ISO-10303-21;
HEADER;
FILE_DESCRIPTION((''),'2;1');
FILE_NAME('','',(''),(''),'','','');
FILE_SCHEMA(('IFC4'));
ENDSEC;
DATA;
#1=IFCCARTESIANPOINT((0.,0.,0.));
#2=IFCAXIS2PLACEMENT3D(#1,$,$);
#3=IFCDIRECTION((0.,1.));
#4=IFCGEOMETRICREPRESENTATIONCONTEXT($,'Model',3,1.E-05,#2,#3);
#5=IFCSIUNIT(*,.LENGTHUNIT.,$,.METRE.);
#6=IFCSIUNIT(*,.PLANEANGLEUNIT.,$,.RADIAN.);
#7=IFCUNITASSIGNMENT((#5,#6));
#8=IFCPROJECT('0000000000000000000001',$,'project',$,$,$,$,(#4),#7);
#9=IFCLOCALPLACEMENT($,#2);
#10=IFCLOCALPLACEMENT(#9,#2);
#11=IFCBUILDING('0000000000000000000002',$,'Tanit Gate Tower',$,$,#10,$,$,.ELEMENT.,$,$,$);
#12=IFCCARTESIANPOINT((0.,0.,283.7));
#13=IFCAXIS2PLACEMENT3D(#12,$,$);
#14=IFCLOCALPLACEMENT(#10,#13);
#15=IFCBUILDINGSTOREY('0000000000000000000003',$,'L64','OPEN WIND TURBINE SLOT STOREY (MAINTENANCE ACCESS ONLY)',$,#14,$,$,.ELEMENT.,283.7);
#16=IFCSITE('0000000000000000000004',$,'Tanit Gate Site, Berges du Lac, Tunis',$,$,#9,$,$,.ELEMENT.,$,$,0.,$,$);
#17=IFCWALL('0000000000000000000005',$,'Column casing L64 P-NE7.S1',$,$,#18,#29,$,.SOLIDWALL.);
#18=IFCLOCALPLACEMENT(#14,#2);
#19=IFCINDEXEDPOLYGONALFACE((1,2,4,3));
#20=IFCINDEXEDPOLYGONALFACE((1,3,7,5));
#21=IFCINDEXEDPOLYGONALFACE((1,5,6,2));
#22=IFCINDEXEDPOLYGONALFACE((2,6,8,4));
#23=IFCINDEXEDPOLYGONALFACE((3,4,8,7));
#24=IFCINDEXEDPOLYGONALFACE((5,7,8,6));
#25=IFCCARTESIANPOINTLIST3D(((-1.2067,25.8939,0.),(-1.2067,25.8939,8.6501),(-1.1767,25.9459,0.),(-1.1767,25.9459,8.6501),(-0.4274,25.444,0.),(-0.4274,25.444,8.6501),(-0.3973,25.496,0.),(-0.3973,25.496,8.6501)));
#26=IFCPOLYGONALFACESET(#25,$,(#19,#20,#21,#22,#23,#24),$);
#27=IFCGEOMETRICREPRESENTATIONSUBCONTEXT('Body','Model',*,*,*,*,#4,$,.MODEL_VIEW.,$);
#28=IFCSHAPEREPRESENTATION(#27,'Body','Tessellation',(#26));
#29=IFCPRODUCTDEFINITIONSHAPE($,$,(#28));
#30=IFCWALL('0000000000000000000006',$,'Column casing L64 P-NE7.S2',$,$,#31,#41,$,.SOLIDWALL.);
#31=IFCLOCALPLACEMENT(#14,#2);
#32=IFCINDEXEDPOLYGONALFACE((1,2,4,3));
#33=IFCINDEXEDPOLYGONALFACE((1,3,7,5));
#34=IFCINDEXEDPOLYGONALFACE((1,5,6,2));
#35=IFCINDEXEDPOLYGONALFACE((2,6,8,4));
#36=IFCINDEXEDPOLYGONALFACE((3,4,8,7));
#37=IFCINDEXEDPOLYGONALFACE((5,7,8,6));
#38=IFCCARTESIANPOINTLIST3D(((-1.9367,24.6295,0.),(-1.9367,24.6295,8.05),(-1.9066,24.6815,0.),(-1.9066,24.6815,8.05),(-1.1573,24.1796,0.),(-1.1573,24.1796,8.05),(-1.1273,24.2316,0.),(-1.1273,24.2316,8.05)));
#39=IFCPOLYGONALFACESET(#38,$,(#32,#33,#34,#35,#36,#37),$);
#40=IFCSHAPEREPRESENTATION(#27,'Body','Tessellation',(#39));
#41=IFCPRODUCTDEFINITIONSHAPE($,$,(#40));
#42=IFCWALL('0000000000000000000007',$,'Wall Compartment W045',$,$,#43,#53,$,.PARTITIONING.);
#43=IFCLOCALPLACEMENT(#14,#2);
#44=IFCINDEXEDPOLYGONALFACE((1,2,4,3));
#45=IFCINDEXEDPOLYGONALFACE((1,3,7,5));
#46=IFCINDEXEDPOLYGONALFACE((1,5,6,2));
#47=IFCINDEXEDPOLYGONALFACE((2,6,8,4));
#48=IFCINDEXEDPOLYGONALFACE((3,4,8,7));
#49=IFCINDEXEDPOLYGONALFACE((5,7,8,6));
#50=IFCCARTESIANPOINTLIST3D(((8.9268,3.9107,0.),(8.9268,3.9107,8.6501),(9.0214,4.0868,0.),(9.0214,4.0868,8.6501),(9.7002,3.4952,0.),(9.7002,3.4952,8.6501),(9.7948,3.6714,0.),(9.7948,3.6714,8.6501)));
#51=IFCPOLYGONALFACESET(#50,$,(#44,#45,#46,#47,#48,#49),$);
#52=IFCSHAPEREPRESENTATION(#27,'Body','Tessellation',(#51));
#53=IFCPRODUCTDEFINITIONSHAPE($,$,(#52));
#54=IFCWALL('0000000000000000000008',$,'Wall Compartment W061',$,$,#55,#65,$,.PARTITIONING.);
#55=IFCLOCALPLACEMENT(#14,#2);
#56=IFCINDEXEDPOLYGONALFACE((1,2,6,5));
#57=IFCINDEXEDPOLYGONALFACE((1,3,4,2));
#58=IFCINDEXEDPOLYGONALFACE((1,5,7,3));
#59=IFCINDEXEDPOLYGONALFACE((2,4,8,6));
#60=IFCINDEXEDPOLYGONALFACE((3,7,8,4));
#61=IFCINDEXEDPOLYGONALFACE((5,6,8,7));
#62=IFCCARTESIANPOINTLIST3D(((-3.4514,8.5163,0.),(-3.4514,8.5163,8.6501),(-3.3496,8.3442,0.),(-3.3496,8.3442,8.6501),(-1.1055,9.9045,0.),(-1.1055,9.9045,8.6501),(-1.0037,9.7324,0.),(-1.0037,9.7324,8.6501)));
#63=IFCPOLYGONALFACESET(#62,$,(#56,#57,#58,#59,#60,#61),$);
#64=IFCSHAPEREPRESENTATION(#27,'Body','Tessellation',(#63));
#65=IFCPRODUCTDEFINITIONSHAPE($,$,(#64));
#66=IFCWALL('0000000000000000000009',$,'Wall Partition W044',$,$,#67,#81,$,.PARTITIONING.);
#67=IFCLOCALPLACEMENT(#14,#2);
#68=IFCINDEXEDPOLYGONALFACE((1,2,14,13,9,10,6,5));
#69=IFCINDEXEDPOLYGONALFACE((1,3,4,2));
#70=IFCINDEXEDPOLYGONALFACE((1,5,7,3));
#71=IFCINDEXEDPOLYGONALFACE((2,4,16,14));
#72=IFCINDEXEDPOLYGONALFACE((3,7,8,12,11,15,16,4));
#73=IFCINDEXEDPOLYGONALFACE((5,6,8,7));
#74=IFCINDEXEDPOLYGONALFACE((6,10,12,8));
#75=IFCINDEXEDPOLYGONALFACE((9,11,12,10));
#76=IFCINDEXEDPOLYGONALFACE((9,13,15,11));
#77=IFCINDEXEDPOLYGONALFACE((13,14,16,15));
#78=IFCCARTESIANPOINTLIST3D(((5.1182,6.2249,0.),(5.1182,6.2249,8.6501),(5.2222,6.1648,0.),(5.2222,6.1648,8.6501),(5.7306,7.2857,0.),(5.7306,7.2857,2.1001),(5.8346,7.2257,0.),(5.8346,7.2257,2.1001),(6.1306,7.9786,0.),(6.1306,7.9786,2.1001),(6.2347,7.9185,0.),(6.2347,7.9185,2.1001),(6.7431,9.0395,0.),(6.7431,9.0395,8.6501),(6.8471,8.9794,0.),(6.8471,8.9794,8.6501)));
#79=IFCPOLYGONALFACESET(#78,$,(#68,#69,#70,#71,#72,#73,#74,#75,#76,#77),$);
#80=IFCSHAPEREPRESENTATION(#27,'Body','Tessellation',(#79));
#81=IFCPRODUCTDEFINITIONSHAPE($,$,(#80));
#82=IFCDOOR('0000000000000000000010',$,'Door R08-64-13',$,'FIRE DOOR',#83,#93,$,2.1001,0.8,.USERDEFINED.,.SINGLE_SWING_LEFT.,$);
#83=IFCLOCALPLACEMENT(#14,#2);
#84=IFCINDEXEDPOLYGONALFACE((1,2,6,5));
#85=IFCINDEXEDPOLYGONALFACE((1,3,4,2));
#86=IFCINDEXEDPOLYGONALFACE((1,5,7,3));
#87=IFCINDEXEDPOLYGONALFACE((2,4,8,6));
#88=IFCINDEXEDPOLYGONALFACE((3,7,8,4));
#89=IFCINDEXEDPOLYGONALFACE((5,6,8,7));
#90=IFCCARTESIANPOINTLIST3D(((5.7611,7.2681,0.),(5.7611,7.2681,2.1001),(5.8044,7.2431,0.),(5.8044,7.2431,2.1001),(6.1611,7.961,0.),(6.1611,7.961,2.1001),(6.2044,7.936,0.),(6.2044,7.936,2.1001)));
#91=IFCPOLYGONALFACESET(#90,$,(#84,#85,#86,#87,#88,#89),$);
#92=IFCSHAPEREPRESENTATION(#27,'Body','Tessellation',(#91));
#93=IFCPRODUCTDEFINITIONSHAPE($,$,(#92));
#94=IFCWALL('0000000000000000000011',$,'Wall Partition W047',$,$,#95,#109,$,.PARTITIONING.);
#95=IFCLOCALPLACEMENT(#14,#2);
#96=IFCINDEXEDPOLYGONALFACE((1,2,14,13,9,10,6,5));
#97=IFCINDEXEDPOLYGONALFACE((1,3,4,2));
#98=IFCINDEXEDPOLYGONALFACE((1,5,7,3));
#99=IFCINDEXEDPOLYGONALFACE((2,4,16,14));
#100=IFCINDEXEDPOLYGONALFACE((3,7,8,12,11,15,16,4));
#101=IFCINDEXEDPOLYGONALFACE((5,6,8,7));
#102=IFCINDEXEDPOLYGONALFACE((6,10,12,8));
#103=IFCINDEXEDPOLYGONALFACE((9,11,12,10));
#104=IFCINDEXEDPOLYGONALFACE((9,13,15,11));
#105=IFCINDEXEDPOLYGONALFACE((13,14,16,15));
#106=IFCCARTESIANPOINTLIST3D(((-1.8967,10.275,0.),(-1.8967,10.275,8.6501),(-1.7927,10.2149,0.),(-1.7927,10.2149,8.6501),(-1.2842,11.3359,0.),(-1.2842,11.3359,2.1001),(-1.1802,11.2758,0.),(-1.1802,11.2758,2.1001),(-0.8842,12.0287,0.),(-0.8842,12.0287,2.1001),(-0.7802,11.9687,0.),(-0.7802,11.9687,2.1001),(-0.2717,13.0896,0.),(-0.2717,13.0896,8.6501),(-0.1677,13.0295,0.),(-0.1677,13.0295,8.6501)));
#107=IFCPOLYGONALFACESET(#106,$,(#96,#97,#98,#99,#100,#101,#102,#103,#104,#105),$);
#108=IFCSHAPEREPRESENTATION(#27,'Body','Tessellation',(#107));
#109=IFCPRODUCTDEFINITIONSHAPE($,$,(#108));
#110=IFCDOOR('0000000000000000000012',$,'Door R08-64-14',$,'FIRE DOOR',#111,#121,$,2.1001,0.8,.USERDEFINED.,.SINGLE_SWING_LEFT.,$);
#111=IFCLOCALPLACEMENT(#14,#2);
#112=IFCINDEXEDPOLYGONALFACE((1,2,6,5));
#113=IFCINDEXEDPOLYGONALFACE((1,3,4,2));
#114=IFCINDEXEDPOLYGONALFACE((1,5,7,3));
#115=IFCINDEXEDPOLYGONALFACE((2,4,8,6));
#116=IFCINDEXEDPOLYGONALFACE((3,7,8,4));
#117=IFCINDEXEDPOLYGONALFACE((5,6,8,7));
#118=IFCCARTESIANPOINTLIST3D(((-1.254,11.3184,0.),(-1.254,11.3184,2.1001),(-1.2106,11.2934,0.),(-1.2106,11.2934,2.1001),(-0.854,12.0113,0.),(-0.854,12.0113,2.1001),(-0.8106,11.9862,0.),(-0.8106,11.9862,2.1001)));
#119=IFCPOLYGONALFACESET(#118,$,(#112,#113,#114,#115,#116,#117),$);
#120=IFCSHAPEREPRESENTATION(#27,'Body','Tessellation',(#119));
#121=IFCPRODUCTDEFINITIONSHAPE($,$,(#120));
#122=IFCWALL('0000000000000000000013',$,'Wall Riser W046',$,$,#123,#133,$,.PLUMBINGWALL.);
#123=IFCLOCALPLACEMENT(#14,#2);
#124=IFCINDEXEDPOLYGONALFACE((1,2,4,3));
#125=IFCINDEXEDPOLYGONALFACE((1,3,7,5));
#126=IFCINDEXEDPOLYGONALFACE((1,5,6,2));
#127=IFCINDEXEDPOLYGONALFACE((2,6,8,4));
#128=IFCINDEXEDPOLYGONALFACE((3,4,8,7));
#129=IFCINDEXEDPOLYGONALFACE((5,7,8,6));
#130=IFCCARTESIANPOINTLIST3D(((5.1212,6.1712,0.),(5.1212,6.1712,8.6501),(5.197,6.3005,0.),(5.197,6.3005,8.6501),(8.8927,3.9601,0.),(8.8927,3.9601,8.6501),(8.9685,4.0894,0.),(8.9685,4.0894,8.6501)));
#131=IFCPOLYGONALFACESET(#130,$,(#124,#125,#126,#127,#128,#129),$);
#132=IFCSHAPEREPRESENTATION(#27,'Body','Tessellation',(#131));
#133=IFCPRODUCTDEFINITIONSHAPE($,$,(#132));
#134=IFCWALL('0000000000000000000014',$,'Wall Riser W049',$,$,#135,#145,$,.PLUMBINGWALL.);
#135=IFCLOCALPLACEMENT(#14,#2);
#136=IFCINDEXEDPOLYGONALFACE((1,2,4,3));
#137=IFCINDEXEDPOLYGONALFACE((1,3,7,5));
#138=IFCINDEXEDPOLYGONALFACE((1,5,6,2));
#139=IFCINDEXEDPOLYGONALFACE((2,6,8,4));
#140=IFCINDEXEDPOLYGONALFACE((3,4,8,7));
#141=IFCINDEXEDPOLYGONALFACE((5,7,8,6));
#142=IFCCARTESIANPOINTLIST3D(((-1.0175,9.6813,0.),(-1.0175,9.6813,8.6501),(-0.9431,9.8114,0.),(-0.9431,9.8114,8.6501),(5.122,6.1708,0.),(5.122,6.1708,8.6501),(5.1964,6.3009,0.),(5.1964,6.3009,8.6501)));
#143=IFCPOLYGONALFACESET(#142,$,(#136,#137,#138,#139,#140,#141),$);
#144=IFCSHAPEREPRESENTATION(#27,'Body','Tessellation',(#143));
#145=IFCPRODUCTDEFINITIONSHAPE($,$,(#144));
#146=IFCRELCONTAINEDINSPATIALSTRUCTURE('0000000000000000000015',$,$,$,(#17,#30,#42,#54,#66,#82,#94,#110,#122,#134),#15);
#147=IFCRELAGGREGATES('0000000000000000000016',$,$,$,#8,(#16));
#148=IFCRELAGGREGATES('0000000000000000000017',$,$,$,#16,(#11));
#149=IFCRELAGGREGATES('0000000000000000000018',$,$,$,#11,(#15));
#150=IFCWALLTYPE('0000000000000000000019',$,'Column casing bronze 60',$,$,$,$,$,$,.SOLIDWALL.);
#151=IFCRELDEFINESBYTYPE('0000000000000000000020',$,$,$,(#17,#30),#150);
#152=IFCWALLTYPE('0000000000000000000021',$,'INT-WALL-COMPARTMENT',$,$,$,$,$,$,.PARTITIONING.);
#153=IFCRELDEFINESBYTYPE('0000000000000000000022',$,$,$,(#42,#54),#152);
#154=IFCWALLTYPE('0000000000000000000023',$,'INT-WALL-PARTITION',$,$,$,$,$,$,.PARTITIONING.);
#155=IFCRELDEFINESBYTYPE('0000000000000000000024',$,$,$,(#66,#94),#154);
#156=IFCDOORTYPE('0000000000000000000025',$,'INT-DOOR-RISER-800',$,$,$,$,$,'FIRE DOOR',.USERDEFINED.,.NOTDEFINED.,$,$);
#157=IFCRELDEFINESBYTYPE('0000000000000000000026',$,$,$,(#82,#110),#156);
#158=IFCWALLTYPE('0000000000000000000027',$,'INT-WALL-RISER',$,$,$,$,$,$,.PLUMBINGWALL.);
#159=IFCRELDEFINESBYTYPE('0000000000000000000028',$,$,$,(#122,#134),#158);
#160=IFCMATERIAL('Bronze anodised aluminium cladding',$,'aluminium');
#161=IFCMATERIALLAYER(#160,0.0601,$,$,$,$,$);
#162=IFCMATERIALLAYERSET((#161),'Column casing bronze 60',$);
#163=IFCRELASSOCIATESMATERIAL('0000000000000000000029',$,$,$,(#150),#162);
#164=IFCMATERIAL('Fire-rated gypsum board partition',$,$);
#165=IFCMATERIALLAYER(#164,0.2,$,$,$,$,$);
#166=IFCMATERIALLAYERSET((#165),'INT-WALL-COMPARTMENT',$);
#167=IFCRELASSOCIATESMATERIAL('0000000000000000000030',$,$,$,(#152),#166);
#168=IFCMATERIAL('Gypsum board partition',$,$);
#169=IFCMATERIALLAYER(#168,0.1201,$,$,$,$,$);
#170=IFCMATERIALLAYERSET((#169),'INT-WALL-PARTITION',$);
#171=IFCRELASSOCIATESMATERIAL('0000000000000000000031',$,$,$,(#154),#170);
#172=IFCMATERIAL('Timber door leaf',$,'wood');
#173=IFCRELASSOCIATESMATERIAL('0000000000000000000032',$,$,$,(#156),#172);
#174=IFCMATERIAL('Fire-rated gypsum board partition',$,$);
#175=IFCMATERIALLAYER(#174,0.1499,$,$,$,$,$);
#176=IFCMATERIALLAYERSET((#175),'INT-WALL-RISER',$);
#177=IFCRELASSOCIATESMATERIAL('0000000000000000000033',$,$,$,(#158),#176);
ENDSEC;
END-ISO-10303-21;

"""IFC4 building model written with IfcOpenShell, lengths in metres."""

from ifc_helpers import new_model, si_unit, direction, frame, frame_2d, origin, place, context, subcontext, project, spatial, rectangle, extrude, material, layer, layer_set, type_object, element, fill, save


model = new_model("IFC4")

# Units and contexts
model_context = context("Model", 3, precision=1e-05, world=origin(), true_north=direction((0.0, 1.0)))
body_context = subcontext(model_context, "Body", "Model", "MODEL_VIEW")
ifc_project = project(units=[si_unit("LENGTHUNIT", "METRE"), si_unit("PLANEANGLEUNIT", "RADIAN")], contexts=[model_context])

# Site, building, storey
site_placement = place(None, origin())
site = spatial("IfcSite", under=ifc_project, at=site_placement, Name="Tanit Gate Site, Berges du Lac, Tunis", CompositionType="ELEMENT", RefElevation=0.0)
building_placement = place(site_placement, origin())
building = spatial("IfcBuilding", under=site, at=building_placement, Name="Tanit Gate Tower", CompositionType="ELEMENT")
storey_placement = place(building_placement, frame((0.0, 0.0, 283.7)))
storey = spatial("IfcBuildingStorey", under=building, at=storey_placement, Name="L64", Description="OPEN WIND TURBINE SLOT STOREY (MAINTENANCE ACCESS ONLY)", CompositionType="ELEMENT", Elevation=283.7)

# Walls
ifc_material_1 = material(Name="Bronze anodised aluminium cladding", Category="aluminium")
ifc_layer_1 = layer(ifc_material_1, 0.0601)
ifc_layer_set_1 = layer_set([ifc_layer_1], Name="Column casing bronze 60")
wall_type_1 = type_object("IfcWallType", Name="Column casing bronze 60", PredefinedType="SOLIDWALL", material=ifc_layer_set_1)
wall_1_placement = place(storey_placement, frame((-0.4124, 25.47, 0.0), z_axis=(0.0, 0.0, 1.0), x_axis=(-0.866014, 0.50002, 0.0)))
element("IfcWall", 1, at=wall_1_placement, inside=storey, type_object=wall_type_1, Name="Column casing L64 P-NE7.S1", PredefinedType="SOLIDWALL", context=body_context, shape_type="SweptSolid", body=[
    extrude(rectangle(XDim=0.8999, YDim=0.0601, at=frame_2d((0.45, 0.0))), origin(), (0.0, 0.0, 1.0), 8.6501),
])
wall_2_placement = place(storey_placement, frame((-1.1423, 24.2056, 0.0), z_axis=(0.0, 0.0, 1.0), x_axis=(-0.866014, 0.50002, 0.0)))
element("IfcWall", 2, at=wall_2_placement, inside=storey, type_object=wall_type_1, Name="Column casing L64 P-NE7.S2", PredefinedType="SOLIDWALL", context=body_context, shape_type="SweptSolid", body=[
    extrude(rectangle(XDim=0.8999, YDim=0.0601, at=frame_2d((0.45, 0.0))), origin(), (0.0, 0.0, 1.0), 8.05),
])
ifc_material_2 = material(Name="Fire-rated gypsum board partition")
ifc_layer_2 = layer(ifc_material_2, 0.2)
ifc_layer_set_2 = layer_set([ifc_layer_2], Name="INT-WALL-COMPARTMENT")
wall_type_2 = type_object("IfcWallType", Name="INT-WALL-COMPARTMENT", PredefinedType="PARTITIONING", material=ifc_layer_set_2)
wall_3_placement = place(storey_placement, frame((8.9741, 3.9988, 0.0), z_axis=(0.0, 0.0, 1.0), x_axis=(0.880917, -0.473271, 0.0)))
element("IfcWall", 3, at=wall_3_placement, inside=storey, type_object=wall_type_2, Name="Wall Compartment W045", PredefinedType="PARTITIONING", context=body_context, shape_type="SweptSolid", body=[
    extrude(rectangle(XDim=0.8779, YDim=0.2, at=frame_2d((0.439, 0.0))), origin(), (0.0, 0.0, 1.0), 8.6501),
])
wall_4_placement = place(storey_placement, frame((-1.0547, 9.8184, 0.0), z_axis=(0.0, 0.0, 1.0), x_axis=(-0.860614, -0.509257, 0.0)))
element("IfcWall", 4, at=wall_4_placement, inside=storey, type_object=wall_type_2, Name="Wall Compartment W061", PredefinedType="PARTITIONING", context=body_context, shape_type="SweptSolid", body=[
    extrude(rectangle(XDim=2.7258, YDim=0.2, at=frame_2d((1.3628, 0.0))), origin(), (0.0, 0.0, 1.0), 8.6501),
])

# Walls, openings, doors
ifc_material_3 = material(Name="Gypsum board partition")
ifc_layer_3 = layer(ifc_material_3, 0.1201)
ifc_layer_set_3 = layer_set([ifc_layer_3], Name="INT-WALL-PARTITION")
wall_type_3 = type_object("IfcWallType", Name="INT-WALL-PARTITION", PredefinedType="PARTITIONING", material=ifc_layer_set_3)
wall_5_placement = place(storey_placement, frame((5.1702, 6.1948, 0.0), z_axis=(0.0, 0.0, 1.0), x_axis=(0.499985, 0.866034, 0.0)))
wall_5 = element("IfcWall", 5, at=wall_5_placement, inside=storey, type_object=wall_type_3, Name="Wall Partition W044", PredefinedType="PARTITIONING", context=body_context, shape_type="SweptSolid", body=[
    extrude(rectangle(XDim=3.25, YDim=0.1201, at=frame_2d((1.625, 0.0))), origin(), (0.0, 0.0, 1.0), 8.6501),
])
opening_1_placement = place(wall_5_placement, frame((1.2251, 0.0, 0.0)))
opening_1 = element("IfcOpeningElement", 6, at=opening_1_placement, cuts=wall_5, PredefinedType="OPENING", context=body_context, shape_type="SweptSolid", body=[
    extrude(rectangle(XDim=0.8, YDim=2.1001, at=frame_2d((0.3999, 1.05))), frame((0.0, 0.0701, 0.0), z_axis=(0.0, -1.0, 0.0), x_axis=(1.0, 0.0, 0.0)), (0.0, 0.0, 1.0), 0.1401),
])
ifc_material_4 = material(Name="Timber door leaf", Category="wood")
door_type = type_object("IfcDoorType", Name="INT-DOOR-RISER-800", ElementType="FIRE DOOR", OperationType="NOTDEFINED", PredefinedType="USERDEFINED", material=ifc_material_4)
door_1_placement = place(opening_1_placement, origin())
door_1 = element("IfcDoor", 7, at=door_1_placement, inside=storey, type_object=door_type, Name="Door R08-64-13", ObjectType="FIRE DOOR", OperationType="SINGLE_SWING_LEFT", OverallHeight=2.1001, OverallWidth=0.8, PredefinedType="USERDEFINED", context=body_context, shape_type="SweptSolid", body=[
    extrude(rectangle(XDim=0.8, YDim=2.1001, at=frame_2d((0.3999, 1.05))), frame((0.0, 0.0249, 0.0), z_axis=(0.0, -1.0, 0.0), x_axis=(1.0, 0.0, 0.0)), (0.0, 0.0, 1.0), 0.05),
])
fill(opening_1, door_1)
wall_6_placement = place(storey_placement, frame((-0.2197, 13.0596, 0.0), z_axis=(0.0, 0.0, 1.0), x_axis=(-0.499985, -0.866034, 0.0)))
wall_6 = element("IfcWall", 8, at=wall_6_placement, inside=storey, type_object=wall_type_3, Name="Wall Partition W047", PredefinedType="PARTITIONING", context=body_context, shape_type="SweptSolid", body=[
    extrude(rectangle(XDim=3.25, YDim=0.1201, at=frame_2d((1.625, 0.0))), origin(), (0.0, 0.0, 1.0), 8.6501),
])
opening_2_placement = place(wall_6_placement, frame((1.2251, 0.0, 0.0)))
opening_2 = element("IfcOpeningElement", 9, at=opening_2_placement, cuts=wall_6, PredefinedType="OPENING", context=body_context, shape_type="SweptSolid", body=[
    extrude(rectangle(XDim=0.8, YDim=2.1001, at=frame_2d((0.3999, 1.05))), frame((0.0, 0.0701, 0.0), z_axis=(0.0, -1.0, 0.0), x_axis=(1.0, 0.0, 0.0)), (0.0, 0.0, 1.0), 0.1401),
])
door_2_placement = place(opening_2_placement, origin())
door_2 = element("IfcDoor", 10, at=door_2_placement, inside=storey, type_object=door_type, Name="Door R08-64-14", ObjectType="FIRE DOOR", OperationType="SINGLE_SWING_LEFT", OverallHeight=2.1001, OverallWidth=0.8, PredefinedType="USERDEFINED", context=body_context, shape_type="SweptSolid", body=[
    extrude(rectangle(XDim=0.8, YDim=2.1001, at=frame_2d((0.3999, 1.05))), frame((0.0, 0.0249, 0.0), z_axis=(0.0, -1.0, 0.0), x_axis=(1.0, 0.0, 0.0)), (0.0, 0.0, 1.0), 0.05),
])
fill(opening_2, door_2)

# Walls
ifc_material_5 = material(Name="Fire-rated gypsum board partition")
ifc_layer_4 = layer(ifc_material_5, 0.1499)
ifc_layer_set_4 = layer_set([ifc_layer_4], Name="INT-WALL-RISER")
wall_type_4 = type_object("IfcWallType", Name="INT-WALL-RISER", PredefinedType="PLUMBINGWALL", material=ifc_layer_set_4)
wall_7_placement = place(storey_placement, frame((8.9307, 4.0247, 0.0), z_axis=(0.0, 0.0, 1.0), x_axis=(-0.862667, 0.505773, 0.0)))
element("IfcWall", 11, at=wall_7_placement, inside=storey, type_object=wall_type_4, Name="Wall Riser W046", PredefinedType="PLUMBINGWALL", context=body_context, shape_type="SweptSolid", body=[
    extrude(rectangle(XDim=4.3718, YDim=0.1499, at=frame_2d((2.186, 0.0))), origin(), (0.0, 0.0, 1.0), 8.6501),
])
wall_8_placement = place(storey_placement, frame((5.1592, 6.2358, 0.0), z_axis=(0.0, 0.0, 1.0), x_axis=(-0.868105, 0.496381, 0.0)))
element("IfcWall", 12, at=wall_8_placement, inside=storey, type_object=wall_type_4, Name="Wall Riser W049", PredefinedType="PLUMBINGWALL", context=body_context, shape_type="SweptSolid", body=[
    extrude(rectangle(XDim=7.0723, YDim=0.1499, at=frame_2d((3.5361, 0.0))), origin(), (0.0, 0.0, 1.0), 8.6501),
])

save(model, "model.ifc")
